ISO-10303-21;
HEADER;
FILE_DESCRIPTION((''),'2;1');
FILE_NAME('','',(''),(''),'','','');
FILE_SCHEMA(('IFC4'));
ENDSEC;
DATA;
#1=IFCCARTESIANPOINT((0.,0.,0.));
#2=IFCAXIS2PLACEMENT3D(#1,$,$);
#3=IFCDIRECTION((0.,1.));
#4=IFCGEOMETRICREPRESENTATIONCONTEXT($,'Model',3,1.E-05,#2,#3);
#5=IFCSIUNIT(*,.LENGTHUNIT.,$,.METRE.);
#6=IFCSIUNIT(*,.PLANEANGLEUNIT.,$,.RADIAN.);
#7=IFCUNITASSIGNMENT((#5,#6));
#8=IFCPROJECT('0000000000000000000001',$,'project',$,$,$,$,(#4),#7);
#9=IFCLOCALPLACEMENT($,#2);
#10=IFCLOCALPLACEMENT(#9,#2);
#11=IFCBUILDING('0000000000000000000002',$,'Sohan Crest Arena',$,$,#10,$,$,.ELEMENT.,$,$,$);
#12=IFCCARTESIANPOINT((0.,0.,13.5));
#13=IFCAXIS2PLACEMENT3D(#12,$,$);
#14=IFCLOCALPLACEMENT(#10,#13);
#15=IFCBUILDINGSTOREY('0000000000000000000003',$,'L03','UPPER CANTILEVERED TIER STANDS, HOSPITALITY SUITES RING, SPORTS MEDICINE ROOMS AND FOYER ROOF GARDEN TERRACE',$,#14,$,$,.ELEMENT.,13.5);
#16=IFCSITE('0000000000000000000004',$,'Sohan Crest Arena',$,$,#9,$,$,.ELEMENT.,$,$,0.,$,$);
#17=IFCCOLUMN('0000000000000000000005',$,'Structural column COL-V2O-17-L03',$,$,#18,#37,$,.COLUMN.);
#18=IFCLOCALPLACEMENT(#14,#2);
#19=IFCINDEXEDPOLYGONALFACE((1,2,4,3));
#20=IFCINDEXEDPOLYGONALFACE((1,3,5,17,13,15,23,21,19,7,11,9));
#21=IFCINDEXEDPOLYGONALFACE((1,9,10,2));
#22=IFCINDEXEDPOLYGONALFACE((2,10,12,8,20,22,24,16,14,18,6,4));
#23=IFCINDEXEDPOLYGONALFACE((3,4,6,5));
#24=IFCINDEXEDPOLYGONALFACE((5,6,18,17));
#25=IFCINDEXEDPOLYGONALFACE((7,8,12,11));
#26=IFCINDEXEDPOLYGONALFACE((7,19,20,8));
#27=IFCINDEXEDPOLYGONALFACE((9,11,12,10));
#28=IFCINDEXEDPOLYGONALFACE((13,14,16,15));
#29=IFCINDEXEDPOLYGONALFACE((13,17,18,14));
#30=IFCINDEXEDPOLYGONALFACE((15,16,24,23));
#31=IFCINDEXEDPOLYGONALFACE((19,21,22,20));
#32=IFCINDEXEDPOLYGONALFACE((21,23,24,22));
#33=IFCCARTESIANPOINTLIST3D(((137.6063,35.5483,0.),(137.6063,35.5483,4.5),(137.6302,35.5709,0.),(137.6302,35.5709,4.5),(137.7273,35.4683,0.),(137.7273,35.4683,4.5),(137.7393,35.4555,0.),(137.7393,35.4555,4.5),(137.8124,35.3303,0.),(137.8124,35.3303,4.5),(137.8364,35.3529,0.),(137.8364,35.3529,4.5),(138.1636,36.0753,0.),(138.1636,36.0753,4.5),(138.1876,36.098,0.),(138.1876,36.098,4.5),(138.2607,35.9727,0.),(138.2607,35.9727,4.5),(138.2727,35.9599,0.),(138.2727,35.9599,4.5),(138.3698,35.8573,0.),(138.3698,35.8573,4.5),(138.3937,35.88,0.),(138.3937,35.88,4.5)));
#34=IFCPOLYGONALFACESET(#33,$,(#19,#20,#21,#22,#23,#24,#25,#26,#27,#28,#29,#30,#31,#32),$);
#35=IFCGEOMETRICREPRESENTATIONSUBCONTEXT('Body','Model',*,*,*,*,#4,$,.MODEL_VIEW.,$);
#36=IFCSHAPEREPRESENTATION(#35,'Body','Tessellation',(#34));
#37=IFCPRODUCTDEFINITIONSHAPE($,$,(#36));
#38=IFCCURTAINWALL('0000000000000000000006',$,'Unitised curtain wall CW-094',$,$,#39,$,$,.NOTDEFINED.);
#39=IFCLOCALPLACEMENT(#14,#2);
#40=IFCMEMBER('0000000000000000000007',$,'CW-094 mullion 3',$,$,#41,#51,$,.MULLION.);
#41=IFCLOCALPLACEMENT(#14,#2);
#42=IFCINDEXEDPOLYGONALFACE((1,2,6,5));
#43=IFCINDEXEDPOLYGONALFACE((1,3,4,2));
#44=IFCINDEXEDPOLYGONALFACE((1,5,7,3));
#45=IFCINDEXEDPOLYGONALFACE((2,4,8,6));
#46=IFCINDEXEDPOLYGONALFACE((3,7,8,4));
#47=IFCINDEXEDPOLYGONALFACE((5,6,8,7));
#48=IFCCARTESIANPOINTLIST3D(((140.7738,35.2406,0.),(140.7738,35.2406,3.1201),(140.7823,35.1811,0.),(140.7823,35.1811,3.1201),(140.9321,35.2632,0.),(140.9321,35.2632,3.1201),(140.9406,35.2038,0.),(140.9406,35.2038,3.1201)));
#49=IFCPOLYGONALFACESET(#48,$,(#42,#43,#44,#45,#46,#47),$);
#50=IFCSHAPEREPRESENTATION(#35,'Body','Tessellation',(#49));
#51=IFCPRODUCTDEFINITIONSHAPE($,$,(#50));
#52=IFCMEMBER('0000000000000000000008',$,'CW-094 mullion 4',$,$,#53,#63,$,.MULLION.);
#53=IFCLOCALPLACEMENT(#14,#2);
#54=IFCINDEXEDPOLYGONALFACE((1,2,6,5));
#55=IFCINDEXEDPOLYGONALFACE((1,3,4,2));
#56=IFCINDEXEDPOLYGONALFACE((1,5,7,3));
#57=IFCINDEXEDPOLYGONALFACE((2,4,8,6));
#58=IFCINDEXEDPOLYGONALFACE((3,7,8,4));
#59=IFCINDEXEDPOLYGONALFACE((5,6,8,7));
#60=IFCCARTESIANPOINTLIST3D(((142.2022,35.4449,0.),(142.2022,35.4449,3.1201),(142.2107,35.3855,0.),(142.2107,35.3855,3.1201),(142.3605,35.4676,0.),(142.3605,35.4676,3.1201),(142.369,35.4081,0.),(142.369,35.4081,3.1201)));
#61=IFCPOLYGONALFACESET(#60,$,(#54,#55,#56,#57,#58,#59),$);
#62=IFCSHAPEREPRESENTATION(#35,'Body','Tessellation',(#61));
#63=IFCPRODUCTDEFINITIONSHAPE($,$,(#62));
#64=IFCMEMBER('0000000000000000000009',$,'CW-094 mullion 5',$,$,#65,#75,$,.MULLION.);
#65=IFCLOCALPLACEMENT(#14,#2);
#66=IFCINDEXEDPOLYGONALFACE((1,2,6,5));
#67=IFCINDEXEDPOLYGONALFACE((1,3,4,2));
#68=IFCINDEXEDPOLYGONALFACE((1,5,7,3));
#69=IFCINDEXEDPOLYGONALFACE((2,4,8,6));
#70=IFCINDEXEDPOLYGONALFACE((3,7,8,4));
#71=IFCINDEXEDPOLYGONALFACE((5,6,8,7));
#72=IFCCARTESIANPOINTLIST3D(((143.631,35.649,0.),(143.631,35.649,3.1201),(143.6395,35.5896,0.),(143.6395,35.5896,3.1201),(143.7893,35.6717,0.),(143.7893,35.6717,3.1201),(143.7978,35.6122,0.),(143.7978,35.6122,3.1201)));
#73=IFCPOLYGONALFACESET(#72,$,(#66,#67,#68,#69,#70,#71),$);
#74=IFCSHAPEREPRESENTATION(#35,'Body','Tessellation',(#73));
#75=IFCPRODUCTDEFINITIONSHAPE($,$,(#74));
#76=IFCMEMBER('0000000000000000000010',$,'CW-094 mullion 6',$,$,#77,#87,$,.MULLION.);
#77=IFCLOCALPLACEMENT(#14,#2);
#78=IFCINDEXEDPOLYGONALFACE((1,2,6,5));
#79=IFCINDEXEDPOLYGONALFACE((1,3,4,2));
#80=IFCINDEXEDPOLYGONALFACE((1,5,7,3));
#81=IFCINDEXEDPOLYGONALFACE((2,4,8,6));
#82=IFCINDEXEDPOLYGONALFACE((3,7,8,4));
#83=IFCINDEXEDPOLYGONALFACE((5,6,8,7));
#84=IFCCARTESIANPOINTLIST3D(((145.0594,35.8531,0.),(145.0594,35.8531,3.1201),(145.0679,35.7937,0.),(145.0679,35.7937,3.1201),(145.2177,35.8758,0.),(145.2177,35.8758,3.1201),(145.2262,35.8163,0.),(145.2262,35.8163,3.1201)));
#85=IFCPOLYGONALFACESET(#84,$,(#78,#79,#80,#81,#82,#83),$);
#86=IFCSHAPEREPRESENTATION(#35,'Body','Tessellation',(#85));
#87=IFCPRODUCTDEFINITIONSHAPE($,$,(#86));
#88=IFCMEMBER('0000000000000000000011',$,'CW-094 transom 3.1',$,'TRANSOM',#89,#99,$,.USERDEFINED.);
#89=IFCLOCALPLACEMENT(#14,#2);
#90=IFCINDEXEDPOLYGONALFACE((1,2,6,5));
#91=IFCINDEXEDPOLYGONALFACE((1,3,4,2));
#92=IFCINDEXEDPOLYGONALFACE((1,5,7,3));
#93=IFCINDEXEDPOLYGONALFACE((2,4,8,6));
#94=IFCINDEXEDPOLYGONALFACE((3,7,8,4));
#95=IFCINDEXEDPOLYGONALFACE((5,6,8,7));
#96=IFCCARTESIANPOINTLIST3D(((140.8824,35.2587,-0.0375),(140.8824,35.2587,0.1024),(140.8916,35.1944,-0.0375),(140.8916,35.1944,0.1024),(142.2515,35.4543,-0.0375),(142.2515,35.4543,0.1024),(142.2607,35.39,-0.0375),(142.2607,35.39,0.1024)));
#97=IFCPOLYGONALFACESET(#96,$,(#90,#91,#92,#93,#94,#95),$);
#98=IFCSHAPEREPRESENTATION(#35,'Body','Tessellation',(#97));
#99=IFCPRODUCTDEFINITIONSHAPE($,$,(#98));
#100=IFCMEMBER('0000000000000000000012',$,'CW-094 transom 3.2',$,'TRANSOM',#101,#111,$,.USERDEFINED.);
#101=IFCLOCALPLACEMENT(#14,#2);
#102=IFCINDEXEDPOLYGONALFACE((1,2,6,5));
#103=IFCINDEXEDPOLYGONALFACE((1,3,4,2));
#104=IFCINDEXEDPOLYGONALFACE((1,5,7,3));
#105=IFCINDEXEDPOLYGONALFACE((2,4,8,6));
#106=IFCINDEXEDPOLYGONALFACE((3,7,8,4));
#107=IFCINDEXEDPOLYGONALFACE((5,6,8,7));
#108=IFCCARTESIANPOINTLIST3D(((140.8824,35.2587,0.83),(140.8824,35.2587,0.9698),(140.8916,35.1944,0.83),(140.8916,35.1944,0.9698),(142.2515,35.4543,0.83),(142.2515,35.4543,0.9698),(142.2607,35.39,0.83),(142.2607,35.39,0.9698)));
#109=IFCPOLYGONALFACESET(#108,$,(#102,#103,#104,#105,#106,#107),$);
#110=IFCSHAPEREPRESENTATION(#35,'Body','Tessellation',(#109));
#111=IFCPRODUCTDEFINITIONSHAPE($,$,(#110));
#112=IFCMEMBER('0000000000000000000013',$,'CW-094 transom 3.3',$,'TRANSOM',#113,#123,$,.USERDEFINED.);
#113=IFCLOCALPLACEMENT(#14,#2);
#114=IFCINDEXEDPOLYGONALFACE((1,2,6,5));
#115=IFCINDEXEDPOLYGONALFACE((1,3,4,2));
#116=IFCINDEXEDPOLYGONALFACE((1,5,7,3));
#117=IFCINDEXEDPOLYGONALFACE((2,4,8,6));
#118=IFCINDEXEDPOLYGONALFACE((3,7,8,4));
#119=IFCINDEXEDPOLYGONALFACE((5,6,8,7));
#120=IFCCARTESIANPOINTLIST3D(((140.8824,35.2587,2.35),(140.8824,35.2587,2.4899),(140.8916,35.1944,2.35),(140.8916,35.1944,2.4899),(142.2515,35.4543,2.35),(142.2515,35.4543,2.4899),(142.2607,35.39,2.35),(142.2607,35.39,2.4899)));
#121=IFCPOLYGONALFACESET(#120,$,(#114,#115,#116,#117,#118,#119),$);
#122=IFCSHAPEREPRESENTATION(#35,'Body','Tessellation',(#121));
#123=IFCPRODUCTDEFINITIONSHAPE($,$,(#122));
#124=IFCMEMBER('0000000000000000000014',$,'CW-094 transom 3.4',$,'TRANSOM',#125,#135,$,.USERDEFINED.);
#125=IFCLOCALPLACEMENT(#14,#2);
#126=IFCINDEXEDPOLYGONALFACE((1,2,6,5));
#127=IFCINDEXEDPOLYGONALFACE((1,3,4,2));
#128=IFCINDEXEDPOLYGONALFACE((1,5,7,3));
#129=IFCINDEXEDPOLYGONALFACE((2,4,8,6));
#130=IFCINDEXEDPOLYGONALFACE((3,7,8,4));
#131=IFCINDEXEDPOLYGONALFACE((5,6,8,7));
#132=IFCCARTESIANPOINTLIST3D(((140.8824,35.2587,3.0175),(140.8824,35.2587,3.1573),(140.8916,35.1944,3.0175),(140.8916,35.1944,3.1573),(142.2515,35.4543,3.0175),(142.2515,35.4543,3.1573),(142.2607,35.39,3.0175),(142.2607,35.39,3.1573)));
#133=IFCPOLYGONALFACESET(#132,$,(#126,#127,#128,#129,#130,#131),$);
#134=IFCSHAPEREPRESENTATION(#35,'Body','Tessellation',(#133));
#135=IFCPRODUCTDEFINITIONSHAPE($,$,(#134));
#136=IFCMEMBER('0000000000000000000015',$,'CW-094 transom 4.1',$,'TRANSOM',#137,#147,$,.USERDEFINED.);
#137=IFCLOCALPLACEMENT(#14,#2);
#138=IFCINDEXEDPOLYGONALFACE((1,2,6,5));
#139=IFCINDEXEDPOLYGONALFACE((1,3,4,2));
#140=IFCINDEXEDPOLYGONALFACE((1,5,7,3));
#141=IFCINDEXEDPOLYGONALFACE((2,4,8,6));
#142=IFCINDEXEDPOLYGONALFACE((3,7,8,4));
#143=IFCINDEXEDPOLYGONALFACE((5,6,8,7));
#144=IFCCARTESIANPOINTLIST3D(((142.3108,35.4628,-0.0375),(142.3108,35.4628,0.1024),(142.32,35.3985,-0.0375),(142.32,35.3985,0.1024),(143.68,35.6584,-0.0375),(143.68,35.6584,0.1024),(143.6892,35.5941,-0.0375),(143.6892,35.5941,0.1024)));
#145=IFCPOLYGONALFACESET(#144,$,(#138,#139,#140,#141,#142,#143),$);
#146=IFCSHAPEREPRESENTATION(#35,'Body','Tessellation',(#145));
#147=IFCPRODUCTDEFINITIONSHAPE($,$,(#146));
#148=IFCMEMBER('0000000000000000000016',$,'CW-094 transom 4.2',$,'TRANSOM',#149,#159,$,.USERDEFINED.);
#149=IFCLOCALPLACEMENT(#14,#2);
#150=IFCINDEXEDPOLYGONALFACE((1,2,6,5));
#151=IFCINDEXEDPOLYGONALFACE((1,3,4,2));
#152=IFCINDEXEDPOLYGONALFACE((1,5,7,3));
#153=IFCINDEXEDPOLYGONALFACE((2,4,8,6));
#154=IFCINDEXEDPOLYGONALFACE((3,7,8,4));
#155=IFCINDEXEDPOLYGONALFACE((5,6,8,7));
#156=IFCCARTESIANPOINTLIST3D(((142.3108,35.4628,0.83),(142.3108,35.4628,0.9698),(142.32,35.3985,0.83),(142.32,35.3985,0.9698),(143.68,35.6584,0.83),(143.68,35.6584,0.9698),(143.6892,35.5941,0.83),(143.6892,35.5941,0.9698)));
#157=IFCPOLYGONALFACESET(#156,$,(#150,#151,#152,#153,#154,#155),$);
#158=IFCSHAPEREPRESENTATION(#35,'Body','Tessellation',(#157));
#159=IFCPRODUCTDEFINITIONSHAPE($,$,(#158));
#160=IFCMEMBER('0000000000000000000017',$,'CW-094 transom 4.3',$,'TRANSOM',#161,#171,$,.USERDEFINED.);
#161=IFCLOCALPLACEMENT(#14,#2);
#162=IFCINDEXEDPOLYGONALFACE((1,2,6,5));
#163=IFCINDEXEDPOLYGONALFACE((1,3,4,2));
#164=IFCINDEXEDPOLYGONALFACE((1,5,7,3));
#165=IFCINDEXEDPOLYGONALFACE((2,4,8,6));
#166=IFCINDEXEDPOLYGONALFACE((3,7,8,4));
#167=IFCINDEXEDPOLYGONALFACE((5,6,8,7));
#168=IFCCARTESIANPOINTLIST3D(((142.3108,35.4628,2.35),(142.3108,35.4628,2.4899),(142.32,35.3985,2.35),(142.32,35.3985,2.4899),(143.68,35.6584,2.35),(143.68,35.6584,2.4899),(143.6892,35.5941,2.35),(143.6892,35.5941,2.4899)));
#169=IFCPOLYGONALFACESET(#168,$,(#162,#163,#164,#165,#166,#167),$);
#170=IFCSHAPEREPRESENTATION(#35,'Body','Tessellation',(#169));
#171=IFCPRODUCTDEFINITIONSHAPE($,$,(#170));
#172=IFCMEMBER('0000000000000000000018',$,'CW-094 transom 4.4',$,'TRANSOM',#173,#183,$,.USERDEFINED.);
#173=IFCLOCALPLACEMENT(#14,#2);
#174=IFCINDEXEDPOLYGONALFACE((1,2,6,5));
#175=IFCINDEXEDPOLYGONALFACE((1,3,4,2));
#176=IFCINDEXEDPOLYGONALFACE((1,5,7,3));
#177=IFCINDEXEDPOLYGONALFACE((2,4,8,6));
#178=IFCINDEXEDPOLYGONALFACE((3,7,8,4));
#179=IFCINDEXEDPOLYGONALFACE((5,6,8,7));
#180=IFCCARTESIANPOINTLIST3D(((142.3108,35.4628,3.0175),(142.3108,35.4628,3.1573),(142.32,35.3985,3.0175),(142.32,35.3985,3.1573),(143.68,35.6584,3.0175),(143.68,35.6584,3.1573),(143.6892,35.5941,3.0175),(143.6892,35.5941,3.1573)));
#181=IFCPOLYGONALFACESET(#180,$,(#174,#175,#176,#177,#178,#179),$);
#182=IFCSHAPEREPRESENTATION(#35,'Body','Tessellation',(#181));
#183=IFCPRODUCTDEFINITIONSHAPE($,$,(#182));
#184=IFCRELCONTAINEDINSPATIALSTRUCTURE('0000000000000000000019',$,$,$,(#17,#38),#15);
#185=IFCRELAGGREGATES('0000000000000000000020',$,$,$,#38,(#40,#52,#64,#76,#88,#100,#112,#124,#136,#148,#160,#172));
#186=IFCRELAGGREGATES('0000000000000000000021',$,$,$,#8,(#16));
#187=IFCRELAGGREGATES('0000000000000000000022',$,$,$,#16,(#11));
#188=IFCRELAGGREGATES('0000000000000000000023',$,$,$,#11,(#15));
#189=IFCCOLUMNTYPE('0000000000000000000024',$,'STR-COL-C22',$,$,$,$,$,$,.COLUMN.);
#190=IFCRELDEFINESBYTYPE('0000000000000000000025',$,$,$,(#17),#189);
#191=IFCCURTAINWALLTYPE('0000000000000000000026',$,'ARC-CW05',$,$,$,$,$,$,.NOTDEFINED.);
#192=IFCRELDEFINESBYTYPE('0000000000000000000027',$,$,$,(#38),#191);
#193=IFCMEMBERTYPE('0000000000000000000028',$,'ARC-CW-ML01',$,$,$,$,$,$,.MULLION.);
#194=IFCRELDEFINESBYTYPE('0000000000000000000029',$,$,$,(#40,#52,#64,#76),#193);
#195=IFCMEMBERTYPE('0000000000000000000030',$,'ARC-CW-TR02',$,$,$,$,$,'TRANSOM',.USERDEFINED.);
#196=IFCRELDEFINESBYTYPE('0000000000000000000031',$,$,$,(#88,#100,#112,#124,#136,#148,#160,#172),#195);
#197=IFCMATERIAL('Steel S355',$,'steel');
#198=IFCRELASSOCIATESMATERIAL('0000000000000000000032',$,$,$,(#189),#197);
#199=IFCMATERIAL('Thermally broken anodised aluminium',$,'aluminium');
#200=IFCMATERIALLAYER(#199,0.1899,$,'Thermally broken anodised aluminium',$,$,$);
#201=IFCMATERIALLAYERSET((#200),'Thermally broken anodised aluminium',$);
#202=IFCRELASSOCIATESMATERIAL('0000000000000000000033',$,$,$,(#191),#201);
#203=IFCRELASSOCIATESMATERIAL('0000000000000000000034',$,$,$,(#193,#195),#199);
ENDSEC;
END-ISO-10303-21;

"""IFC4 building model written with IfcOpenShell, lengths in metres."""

from ifc_helpers import new_model, si_unit, direction, frame, origin, origin_2d, place, context, subcontext, project, spatial, rectangle, i_section, extrude, material, layer, layer_set, material_profile, profile_set, type_object, element, aggregate, save


model = new_model("IFC4")

# Units and contexts
model_context = context("Model", 3, precision=1e-05, world=origin(), true_north=direction((0.0, 1.0)))
body_context = subcontext(model_context, "Body", "Model", "MODEL_VIEW")
ifc_project = project(units=[si_unit("LENGTHUNIT", "METRE"), si_unit("PLANEANGLEUNIT", "RADIAN")], contexts=[model_context])

# Site, building, storey
site_placement = place(None, origin())
site = spatial("IfcSite", under=ifc_project, at=site_placement, Name="Sohan Crest Arena", CompositionType="ELEMENT", RefElevation=0.0)
building_placement = place(site_placement, origin())
building = spatial("IfcBuilding", under=site, at=building_placement, Name="Sohan Crest Arena", CompositionType="ELEMENT")
storey_placement = place(building_placement, frame((0.0, 0.0, 13.5)))
storey = spatial("IfcBuildingStorey", under=building, at=storey_placement, Name="L03", Description="UPPER CANTILEVERED TIER STANDS, HOSPITALITY SUITES RING, SPORTS MEDICINE ROOMS AND FOYER ROOF GARDEN TERRACE", CompositionType="ELEMENT", Elevation=13.5)

# Column
ifc_material_1 = material(Name="Steel S355", Category="steel")
ifc_material_profile_1 = material_profile(ifc_material_1, i_section(OverallWidth=0.3, OverallDepth=0.8, WebThickness=0.0176, FlangeThickness=0.033, at=origin_2d()), Name="HEB 800")
ifc_profile_set_1 = profile_set([ifc_material_profile_1], Name="Steel S355")
column_type = type_object("IfcColumnType", Name="STR-COL-C22", PredefinedType="COLUMN", material=ifc_profile_set_1)
column_placement = place(storey_placement, frame((138.0, 35.7141, 0.0), z_axis=(0.0, 0.0, 1.0), x_axis=(-0.687088, 0.726575, 0.0)))
element("IfcColumn", 1, at=column_placement, inside=storey, type_object=column_type, Name="Structural column COL-V2O-17-L03", PredefinedType="COLUMN", context=body_context, shape_type="SweptSolid", body=[
    extrude(i_section(OverallWidth=0.3, OverallDepth=0.8, WebThickness=0.0176, FlangeThickness=0.033, at=origin_2d()), origin(), (0.0, 0.0, 1.0), 4.5),
])

# Curtain wall, members
ifc_material_2 = material(Name="Thermally broken anodised aluminium", Category="aluminium")
ifc_layer_1 = layer(ifc_material_2, 0.1899, Name="Thermally broken anodised aluminium")
ifc_layer_set_1 = layer_set([ifc_layer_1], Name="Thermally broken anodised aluminium")
curtain_wall_type = type_object("IfcCurtainWallType", Name="ARC-CW05", PredefinedType="NOTDEFINED", material=ifc_layer_set_1)
curtain_wall_placement = place(storey_placement, origin())
curtain_wall = element("IfcCurtainWall", 2, at=curtain_wall_placement, inside=storey, type_object=curtain_wall_type, Name="Unitised curtain wall CW-094", PredefinedType="NOTDEFINED")
ifc_material_profile_2 = material_profile(ifc_material_2, rectangle(XDim=0.0601, YDim=0.1599, at=origin_2d()), Name="ALU-MULL 60x160")
ifc_profile_set_2 = profile_set([ifc_material_profile_2], Name="Thermally broken anodised aluminium")
member_type_1 = type_object("IfcMemberType", Name="ARC-CW-ML01", PredefinedType="MULLION", material=ifc_profile_set_2)
member_1_placement = place(storey_placement, frame((140.8572, 35.2222, 0.0), z_axis=(0.0, 0.0, 1.0), x_axis=(-0.141463, 0.989944, 0.0)))
member_1 = element("IfcMember", 3, at=member_1_placement, type_object=member_type_1, Name="CW-094 mullion 3", PredefinedType="MULLION", context=body_context, shape_type="SweptSolid", body=[
    extrude(rectangle(XDim=0.0601, YDim=0.1599, at=origin_2d()), origin(), (0.0, 0.0, 1.0), 3.1201),
])
member_2_placement = place(storey_placement, frame((142.2856, 35.4265, 0.0), z_axis=(0.0, 0.0, 1.0), x_axis=(-0.141463, 0.989944, 0.0)))
member_2 = element("IfcMember", 4, at=member_2_placement, type_object=member_type_1, Name="CW-094 mullion 4", PredefinedType="MULLION", context=body_context, shape_type="SweptSolid", body=[
    extrude(rectangle(XDim=0.0601, YDim=0.1599, at=origin_2d()), origin(), (0.0, 0.0, 1.0), 3.1201),
])
member_3_placement = place(storey_placement, frame((143.7144, 35.6306, 0.0), z_axis=(0.0, 0.0, 1.0), x_axis=(-0.141463, 0.989944, 0.0)))
member_3 = element("IfcMember", 5, at=member_3_placement, type_object=member_type_1, Name="CW-094 mullion 5", PredefinedType="MULLION", context=body_context, shape_type="SweptSolid", body=[
    extrude(rectangle(XDim=0.0601, YDim=0.1599, at=origin_2d()), origin(), (0.0, 0.0, 1.0), 3.1201),
])
member_4_placement = place(storey_placement, frame((145.1428, 35.8347, 0.0), z_axis=(0.0, 0.0, 1.0), x_axis=(-0.141463, 0.989944, 0.0)))
member_4 = element("IfcMember", 6, at=member_4_placement, type_object=member_type_1, Name="CW-094 mullion 6", PredefinedType="MULLION", context=body_context, shape_type="SweptSolid", body=[
    extrude(rectangle(XDim=0.0601, YDim=0.1599, at=origin_2d()), origin(), (0.0, 0.0, 1.0), 3.1201),
])
ifc_material_profile_3 = material_profile(ifc_material_2, rectangle(XDim=0.0649, YDim=0.1399, at=origin_2d()), Name="ALU-TRAN 65x140")
ifc_profile_set_3 = profile_set([ifc_material_profile_3], Name="Thermally broken anodised aluminium")
member_type_2 = type_object("IfcMemberType", Name="ARC-CW-TR02", ElementType="TRANSOM", PredefinedType="USERDEFINED", material=ifc_profile_set_3)
member_5_placement = place(storey_placement, frame((140.887, 35.2266, 0.0325), z_axis=(0.989953, 0.141397, 0.0), x_axis=(-0.141397, 0.989953, 0.0)))
member_5 = element("IfcMember", 7, at=member_5_placement, type_object=member_type_2, Name="CW-094 transom 3.1", ObjectType="TRANSOM", PredefinedType="USERDEFINED", context=body_context, shape_type="SweptSolid", body=[
    extrude(rectangle(XDim=0.0649, YDim=0.1399, at=origin_2d()), origin(), (0.0, 0.0, 1.0), 1.3831),
])
member_6_placement = place(storey_placement, frame((140.887, 35.2266, 0.8999), z_axis=(0.989953, 0.141397, 0.0), x_axis=(-0.141397, 0.989953, 0.0)))
member_6 = element("IfcMember", 8, at=member_6_placement, type_object=member_type_2, Name="CW-094 transom 3.2", ObjectType="TRANSOM", PredefinedType="USERDEFINED", context=body_context, shape_type="SweptSolid", body=[
    extrude(rectangle(XDim=0.0649, YDim=0.1399, at=origin_2d()), origin(), (0.0, 0.0, 1.0), 1.3831),
])
member_7_placement = place(storey_placement, frame((140.887, 35.2266, 2.4199), z_axis=(0.989953, 0.141397, 0.0), x_axis=(-0.141397, 0.989953, 0.0)))
member_7 = element("IfcMember", 9, at=member_7_placement, type_object=member_type_2, Name="CW-094 transom 3.3", ObjectType="TRANSOM", PredefinedType="USERDEFINED", context=body_context, shape_type="SweptSolid", body=[
    extrude(rectangle(XDim=0.0649, YDim=0.1399, at=origin_2d()), origin(), (0.0, 0.0, 1.0), 1.3831),
])
member_8_placement = place(storey_placement, frame((140.887, 35.2266, 3.0874), z_axis=(0.989953, 0.141397, 0.0), x_axis=(-0.141397, 0.989953, 0.0)))
member_8 = element("IfcMember", 10, at=member_8_placement, type_object=member_type_2, Name="CW-094 transom 3.4", ObjectType="TRANSOM", PredefinedType="USERDEFINED", context=body_context, shape_type="SweptSolid", body=[
    extrude(rectangle(XDim=0.0649, YDim=0.1399, at=origin_2d()), origin(), (0.0, 0.0, 1.0), 1.3831),
])
member_9_placement = place(storey_placement, frame((142.3154, 35.4307, 0.0325), z_axis=(0.989953, 0.141397, 0.0), x_axis=(-0.141397, 0.989953, 0.0)))
member_9 = element("IfcMember", 11, at=member_9_placement, type_object=member_type_2, Name="CW-094 transom 4.1", ObjectType="TRANSOM", PredefinedType="USERDEFINED", context=body_context, shape_type="SweptSolid", body=[
    extrude(rectangle(XDim=0.0649, YDim=0.1399, at=origin_2d()), origin(), (0.0, 0.0, 1.0), 1.3831),
])
member_10_placement = place(storey_placement, frame((142.3154, 35.4307, 0.8999), z_axis=(0.989953, 0.141397, 0.0), x_axis=(-0.141397, 0.989953, 0.0)))
member_10 = element("IfcMember", 12, at=member_10_placement, type_object=member_type_2, Name="CW-094 transom 4.2", ObjectType="TRANSOM", PredefinedType="USERDEFINED", context=body_context, shape_type="SweptSolid", body=[
    extrude(rectangle(XDim=0.0649, YDim=0.1399, at=origin_2d()), origin(), (0.0, 0.0, 1.0), 1.3831),
])
member_11_placement = place(storey_placement, frame((142.3154, 35.4307, 2.4199), z_axis=(0.989953, 0.141397, 0.0), x_axis=(-0.141397, 0.989953, 0.0)))
member_11 = element("IfcMember", 13, at=member_11_placement, type_object=member_type_2, Name="CW-094 transom 4.3", ObjectType="TRANSOM", PredefinedType="USERDEFINED", context=body_context, shape_type="SweptSolid", body=[
    extrude(rectangle(XDim=0.0649, YDim=0.1399, at=origin_2d()), origin(), (0.0, 0.0, 1.0), 1.3831),
])
member_12_placement = place(storey_placement, frame((142.3154, 35.4307, 3.0874), z_axis=(0.989953, 0.141397, 0.0), x_axis=(-0.141397, 0.989953, 0.0)))
member_12 = element("IfcMember", 14, at=member_12_placement, type_object=member_type_2, Name="CW-094 transom 4.4", ObjectType="TRANSOM", PredefinedType="USERDEFINED", context=body_context, shape_type="SweptSolid", body=[
    extrude(rectangle(XDim=0.0649, YDim=0.1399, at=origin_2d()), origin(), (0.0, 0.0, 1.0), 1.3831),
])

aggregate(curtain_wall, [member_1, member_2, member_3, member_4, member_5, member_6, member_7, member_8, member_9, member_10, member_11, member_12])

save(model, "model.ifc")
